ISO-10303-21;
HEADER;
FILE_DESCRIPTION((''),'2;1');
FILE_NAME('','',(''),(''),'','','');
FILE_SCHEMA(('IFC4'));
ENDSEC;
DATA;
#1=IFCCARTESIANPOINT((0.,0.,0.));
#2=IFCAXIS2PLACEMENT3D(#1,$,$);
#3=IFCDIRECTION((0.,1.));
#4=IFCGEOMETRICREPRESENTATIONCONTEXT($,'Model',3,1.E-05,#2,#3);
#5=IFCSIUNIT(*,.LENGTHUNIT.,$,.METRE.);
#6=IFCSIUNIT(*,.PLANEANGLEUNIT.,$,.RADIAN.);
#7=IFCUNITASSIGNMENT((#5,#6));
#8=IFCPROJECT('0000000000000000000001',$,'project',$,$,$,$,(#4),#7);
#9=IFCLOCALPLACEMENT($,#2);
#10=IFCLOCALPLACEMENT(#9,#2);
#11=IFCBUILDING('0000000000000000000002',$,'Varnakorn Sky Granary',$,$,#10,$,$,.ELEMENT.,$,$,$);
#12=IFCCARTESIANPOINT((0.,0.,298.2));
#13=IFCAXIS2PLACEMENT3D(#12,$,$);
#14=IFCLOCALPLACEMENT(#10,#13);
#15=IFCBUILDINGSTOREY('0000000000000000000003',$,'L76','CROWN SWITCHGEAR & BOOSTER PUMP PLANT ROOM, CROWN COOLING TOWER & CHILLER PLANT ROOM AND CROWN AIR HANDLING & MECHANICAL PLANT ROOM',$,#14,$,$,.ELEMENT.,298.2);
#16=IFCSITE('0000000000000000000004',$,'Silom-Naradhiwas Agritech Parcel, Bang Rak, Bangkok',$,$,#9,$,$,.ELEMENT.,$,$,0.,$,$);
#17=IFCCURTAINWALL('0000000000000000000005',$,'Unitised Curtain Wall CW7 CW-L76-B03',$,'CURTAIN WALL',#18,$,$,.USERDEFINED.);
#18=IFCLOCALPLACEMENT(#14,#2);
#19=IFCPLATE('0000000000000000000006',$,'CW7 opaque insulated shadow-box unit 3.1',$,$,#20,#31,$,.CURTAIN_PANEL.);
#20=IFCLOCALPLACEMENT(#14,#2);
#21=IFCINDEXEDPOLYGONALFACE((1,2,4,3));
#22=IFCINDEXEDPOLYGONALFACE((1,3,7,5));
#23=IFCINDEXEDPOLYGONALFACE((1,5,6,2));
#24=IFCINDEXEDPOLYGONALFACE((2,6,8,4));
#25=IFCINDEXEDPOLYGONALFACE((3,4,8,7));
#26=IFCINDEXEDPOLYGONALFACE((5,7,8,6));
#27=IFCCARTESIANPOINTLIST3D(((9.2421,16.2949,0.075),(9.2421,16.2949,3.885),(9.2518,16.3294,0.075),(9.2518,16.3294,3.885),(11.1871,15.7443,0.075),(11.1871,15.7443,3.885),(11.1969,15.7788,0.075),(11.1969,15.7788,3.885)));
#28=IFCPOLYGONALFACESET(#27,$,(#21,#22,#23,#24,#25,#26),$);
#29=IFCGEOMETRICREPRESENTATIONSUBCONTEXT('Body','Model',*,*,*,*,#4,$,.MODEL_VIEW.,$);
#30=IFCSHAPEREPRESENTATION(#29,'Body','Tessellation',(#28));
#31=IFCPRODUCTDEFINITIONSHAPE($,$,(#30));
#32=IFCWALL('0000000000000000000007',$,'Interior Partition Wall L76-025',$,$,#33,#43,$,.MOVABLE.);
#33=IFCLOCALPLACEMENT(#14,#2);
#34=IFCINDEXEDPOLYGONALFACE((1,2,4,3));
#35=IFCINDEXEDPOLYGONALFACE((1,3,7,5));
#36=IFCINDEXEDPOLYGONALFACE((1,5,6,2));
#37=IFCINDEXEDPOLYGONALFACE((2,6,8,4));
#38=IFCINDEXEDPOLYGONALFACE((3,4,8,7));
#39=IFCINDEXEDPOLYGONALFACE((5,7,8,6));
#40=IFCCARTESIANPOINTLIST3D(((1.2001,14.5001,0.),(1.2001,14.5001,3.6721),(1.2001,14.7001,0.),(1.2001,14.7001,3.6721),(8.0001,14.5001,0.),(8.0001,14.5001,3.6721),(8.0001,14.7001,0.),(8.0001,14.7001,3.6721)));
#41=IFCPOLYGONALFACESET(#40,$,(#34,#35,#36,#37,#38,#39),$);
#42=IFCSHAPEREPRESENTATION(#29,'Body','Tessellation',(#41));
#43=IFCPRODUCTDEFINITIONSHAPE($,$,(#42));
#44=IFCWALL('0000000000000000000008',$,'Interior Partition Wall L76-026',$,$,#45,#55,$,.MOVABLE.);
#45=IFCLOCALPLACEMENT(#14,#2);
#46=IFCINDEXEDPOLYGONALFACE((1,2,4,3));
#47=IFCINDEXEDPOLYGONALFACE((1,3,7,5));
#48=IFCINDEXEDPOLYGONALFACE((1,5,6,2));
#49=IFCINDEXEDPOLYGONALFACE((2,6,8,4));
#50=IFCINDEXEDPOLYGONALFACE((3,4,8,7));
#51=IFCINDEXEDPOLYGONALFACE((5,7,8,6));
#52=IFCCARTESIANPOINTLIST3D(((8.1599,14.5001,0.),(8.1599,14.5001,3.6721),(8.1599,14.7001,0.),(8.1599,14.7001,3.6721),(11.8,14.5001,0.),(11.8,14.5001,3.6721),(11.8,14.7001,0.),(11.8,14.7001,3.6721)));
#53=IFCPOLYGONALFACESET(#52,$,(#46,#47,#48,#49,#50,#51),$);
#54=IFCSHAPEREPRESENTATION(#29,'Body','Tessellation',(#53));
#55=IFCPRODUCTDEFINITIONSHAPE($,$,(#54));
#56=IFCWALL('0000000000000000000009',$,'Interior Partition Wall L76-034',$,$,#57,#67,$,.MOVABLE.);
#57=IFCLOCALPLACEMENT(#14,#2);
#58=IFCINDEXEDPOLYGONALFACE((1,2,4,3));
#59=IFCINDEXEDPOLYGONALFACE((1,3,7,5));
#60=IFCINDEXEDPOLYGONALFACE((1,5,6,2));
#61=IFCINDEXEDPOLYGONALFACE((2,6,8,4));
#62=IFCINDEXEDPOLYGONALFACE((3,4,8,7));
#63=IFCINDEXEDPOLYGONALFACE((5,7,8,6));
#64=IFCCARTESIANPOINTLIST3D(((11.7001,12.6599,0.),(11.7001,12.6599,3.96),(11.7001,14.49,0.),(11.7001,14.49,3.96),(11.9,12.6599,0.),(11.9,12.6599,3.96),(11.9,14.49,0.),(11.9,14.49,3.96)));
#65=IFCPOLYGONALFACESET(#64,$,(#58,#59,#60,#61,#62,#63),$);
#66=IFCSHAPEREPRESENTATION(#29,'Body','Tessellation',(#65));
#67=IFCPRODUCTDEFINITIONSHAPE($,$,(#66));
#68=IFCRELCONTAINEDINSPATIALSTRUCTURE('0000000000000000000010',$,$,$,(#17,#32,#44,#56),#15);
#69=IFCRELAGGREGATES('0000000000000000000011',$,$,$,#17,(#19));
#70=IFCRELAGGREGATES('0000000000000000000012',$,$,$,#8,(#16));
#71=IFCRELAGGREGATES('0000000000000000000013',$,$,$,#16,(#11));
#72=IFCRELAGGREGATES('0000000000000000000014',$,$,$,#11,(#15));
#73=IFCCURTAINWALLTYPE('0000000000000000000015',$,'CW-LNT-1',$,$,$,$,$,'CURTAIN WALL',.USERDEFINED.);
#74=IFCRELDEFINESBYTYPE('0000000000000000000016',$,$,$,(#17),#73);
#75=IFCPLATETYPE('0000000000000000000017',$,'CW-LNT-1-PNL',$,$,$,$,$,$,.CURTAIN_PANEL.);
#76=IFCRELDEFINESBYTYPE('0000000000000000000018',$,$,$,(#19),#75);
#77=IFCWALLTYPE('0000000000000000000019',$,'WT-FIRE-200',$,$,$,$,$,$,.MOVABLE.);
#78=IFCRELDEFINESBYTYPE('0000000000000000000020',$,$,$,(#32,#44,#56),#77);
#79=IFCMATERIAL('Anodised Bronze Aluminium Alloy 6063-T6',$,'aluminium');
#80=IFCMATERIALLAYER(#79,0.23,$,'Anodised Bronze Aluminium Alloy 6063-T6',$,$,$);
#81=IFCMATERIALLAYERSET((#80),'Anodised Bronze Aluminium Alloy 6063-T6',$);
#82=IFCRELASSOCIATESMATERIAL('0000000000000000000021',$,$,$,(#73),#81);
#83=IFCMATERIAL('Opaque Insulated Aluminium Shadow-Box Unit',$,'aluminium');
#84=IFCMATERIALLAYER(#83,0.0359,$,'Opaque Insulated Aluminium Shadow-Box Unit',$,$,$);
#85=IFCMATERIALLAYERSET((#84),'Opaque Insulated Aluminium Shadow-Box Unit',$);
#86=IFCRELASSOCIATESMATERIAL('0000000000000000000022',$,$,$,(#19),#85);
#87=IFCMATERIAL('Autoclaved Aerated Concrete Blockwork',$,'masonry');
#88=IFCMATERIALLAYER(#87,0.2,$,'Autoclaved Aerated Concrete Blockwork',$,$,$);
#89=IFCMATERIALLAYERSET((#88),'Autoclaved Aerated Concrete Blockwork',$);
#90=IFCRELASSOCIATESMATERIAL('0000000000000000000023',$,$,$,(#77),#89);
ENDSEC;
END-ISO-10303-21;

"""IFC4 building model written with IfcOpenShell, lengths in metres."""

from ifc_helpers import new_model, si_unit, direction, frame, frame_2d, origin, origin_2d, place, context, subcontext, project, spatial, rectangle, extrude, source, transform, mapped, material, layer, layer_set, type_object, element, aggregate, save


model = new_model("IFC4")

# Units and contexts
model_context = context("Model", 3, precision=1e-05, world=origin(), true_north=direction((0.0, 1.0)))
body_context = subcontext(model_context, "Body", "Model", "MODEL_VIEW")
ifc_project = project(units=[si_unit("LENGTHUNIT", "METRE"), si_unit("PLANEANGLEUNIT", "RADIAN")], contexts=[model_context])

# Site, building, storey
site_placement = place(None, origin())
site = spatial("IfcSite", under=ifc_project, at=site_placement, Name="Silom-Naradhiwas Agritech Parcel, Bang Rak, Bangkok", CompositionType="ELEMENT", RefElevation=0.0)
building_placement = place(site_placement, origin())
building = spatial("IfcBuilding", under=site, at=building_placement, Name="Varnakorn Sky Granary", CompositionType="ELEMENT")
storey_placement = place(building_placement, frame((0.0, 0.0, 298.2)))
storey = spatial("IfcBuildingStorey", under=building, at=storey_placement, Name="L76", Description="CROWN SWITCHGEAR & BOOSTER PUMP PLANT ROOM, CROWN COOLING TOWER & CHILLER PLANT ROOM AND CROWN AIR HANDLING & MECHANICAL PLANT ROOM", CompositionType="ELEMENT", Elevation=298.2)

# Curtain wall
ifc_material_1 = material(Name="Anodised Bronze Aluminium Alloy 6063-T6", Category="aluminium")
ifc_layer_1 = layer(ifc_material_1, 0.23, Name="Anodised Bronze Aluminium Alloy 6063-T6")
ifc_layer_set_1 = layer_set([ifc_layer_1], Name="Anodised Bronze Aluminium Alloy 6063-T6")
curtain_wall_type = type_object("IfcCurtainWallType", Name="CW-LNT-1", ElementType="CURTAIN WALL", PredefinedType="USERDEFINED", material=ifc_layer_set_1)
curtain_wall_placement = place(storey_placement, origin())
curtain_wall = element("IfcCurtainWall", 1, at=curtain_wall_placement, inside=storey, type_object=curtain_wall_type, Name="Unitised Curtain Wall CW7 CW-L76-B03", ObjectType="CURTAIN WALL", PredefinedType="USERDEFINED")

# Plate
plate_type = type_object("IfcPlateType", Name="CW-LNT-1-PNL", PredefinedType="CURTAIN_PANEL")
ifc_material_2 = material(Name="Opaque Insulated Aluminium Shadow-Box Unit", Category="aluminium")
ifc_layer_2 = layer(ifc_material_2, 0.0359, Name="Opaque Insulated Aluminium Shadow-Box Unit")
ifc_layer_set_2 = layer_set([ifc_layer_2], Name="Opaque Insulated Aluminium Shadow-Box Unit")
shared_shape_1 = source(origin(), body_context, "Body", "SweptSolid", [
    extrude(rectangle(XDim=2.0215, YDim=0.0359, at=origin_2d()), origin(), (0.0, 0.0, 1.0), 3.8101),
])
plate_1_placement = place(storey_placement, frame((10.2195, 16.0369, 0.075), z_axis=(0.0, 0.0, 1.0), x_axis=(0.962189, -0.272381, 0.0)))
plate_1 = element("IfcPlate", 2, at=plate_1_placement, type_object=plate_type, material=ifc_layer_set_2, Name="CW7 opaque insulated shadow-box unit 3.1", PredefinedType="CURTAIN_PANEL", context=body_context, shape_type="MappedRepresentation", body=[
    mapped(shared_shape_1, transform((0.0, 0.0, 0.0), x_axis=(1.0, 0.0, 0.0), y_axis=(0.0, 1.0, 0.0), z_axis=(0.0, 0.0, 1.0), scale=1.0)),
])
aggregate(curtain_wall, [plate_1])

# Walls
ifc_material_3 = material(Name="Autoclaved Aerated Concrete Blockwork", Category="masonry")
ifc_layer_3 = layer(ifc_material_3, 0.2, Name="Autoclaved Aerated Concrete Blockwork")
ifc_layer_set_3 = layer_set([ifc_layer_3], Name="Autoclaved Aerated Concrete Blockwork")
wall_type = type_object("IfcWallType", Name="WT-FIRE-200", PredefinedType="MOVABLE", material=ifc_layer_set_3)
wall_1_placement = place(storey_placement, frame((8.0, 14.6001, 0.0), z_axis=(0.0, 0.0, 1.0), x_axis=(-1.0, 0.0, 0.0)))
element("IfcWall", 3, at=wall_1_placement, inside=storey, type_object=wall_type, Name="Interior Partition Wall L76-025", PredefinedType="MOVABLE", context=body_context, shape_type="SweptSolid", body=[
    extrude(rectangle(XDim=6.8, YDim=0.2, at=frame_2d((3.3999, 0.0))), origin(), (0.0, 0.0, 1.0), 3.6721),
])
wall_2_placement = place(storey_placement, frame((11.8, 14.6001, 0.0), z_axis=(0.0, 0.0, 1.0), x_axis=(-1.0, 0.0, 0.0)))
element("IfcWall", 4, at=wall_2_placement, inside=storey, type_object=wall_type, Name="Interior Partition Wall L76-026", PredefinedType="MOVABLE", context=body_context, shape_type="SweptSolid", body=[
    extrude(rectangle(XDim=3.6401, YDim=0.2, at=frame_2d((1.8201, 0.0))), origin(), (0.0, 0.0, 1.0), 3.6721),
])
wall_3_placement = place(storey_placement, frame((11.8, 12.6599, 0.0), z_axis=(0.0, 0.0, 1.0), x_axis=(0.0, 1.0, 0.0)))
element("IfcWall", 5, at=wall_3_placement, inside=storey, type_object=wall_type, Name="Interior Partition Wall L76-034", PredefinedType="MOVABLE", context=body_context, shape_type="SweptSolid", body=[
    extrude(rectangle(XDim=1.8301, YDim=0.2, at=frame_2d((0.915, 0.0))), origin(), (0.0, 0.0, 1.0), 3.96),
])

save(model, "model.ifc")
